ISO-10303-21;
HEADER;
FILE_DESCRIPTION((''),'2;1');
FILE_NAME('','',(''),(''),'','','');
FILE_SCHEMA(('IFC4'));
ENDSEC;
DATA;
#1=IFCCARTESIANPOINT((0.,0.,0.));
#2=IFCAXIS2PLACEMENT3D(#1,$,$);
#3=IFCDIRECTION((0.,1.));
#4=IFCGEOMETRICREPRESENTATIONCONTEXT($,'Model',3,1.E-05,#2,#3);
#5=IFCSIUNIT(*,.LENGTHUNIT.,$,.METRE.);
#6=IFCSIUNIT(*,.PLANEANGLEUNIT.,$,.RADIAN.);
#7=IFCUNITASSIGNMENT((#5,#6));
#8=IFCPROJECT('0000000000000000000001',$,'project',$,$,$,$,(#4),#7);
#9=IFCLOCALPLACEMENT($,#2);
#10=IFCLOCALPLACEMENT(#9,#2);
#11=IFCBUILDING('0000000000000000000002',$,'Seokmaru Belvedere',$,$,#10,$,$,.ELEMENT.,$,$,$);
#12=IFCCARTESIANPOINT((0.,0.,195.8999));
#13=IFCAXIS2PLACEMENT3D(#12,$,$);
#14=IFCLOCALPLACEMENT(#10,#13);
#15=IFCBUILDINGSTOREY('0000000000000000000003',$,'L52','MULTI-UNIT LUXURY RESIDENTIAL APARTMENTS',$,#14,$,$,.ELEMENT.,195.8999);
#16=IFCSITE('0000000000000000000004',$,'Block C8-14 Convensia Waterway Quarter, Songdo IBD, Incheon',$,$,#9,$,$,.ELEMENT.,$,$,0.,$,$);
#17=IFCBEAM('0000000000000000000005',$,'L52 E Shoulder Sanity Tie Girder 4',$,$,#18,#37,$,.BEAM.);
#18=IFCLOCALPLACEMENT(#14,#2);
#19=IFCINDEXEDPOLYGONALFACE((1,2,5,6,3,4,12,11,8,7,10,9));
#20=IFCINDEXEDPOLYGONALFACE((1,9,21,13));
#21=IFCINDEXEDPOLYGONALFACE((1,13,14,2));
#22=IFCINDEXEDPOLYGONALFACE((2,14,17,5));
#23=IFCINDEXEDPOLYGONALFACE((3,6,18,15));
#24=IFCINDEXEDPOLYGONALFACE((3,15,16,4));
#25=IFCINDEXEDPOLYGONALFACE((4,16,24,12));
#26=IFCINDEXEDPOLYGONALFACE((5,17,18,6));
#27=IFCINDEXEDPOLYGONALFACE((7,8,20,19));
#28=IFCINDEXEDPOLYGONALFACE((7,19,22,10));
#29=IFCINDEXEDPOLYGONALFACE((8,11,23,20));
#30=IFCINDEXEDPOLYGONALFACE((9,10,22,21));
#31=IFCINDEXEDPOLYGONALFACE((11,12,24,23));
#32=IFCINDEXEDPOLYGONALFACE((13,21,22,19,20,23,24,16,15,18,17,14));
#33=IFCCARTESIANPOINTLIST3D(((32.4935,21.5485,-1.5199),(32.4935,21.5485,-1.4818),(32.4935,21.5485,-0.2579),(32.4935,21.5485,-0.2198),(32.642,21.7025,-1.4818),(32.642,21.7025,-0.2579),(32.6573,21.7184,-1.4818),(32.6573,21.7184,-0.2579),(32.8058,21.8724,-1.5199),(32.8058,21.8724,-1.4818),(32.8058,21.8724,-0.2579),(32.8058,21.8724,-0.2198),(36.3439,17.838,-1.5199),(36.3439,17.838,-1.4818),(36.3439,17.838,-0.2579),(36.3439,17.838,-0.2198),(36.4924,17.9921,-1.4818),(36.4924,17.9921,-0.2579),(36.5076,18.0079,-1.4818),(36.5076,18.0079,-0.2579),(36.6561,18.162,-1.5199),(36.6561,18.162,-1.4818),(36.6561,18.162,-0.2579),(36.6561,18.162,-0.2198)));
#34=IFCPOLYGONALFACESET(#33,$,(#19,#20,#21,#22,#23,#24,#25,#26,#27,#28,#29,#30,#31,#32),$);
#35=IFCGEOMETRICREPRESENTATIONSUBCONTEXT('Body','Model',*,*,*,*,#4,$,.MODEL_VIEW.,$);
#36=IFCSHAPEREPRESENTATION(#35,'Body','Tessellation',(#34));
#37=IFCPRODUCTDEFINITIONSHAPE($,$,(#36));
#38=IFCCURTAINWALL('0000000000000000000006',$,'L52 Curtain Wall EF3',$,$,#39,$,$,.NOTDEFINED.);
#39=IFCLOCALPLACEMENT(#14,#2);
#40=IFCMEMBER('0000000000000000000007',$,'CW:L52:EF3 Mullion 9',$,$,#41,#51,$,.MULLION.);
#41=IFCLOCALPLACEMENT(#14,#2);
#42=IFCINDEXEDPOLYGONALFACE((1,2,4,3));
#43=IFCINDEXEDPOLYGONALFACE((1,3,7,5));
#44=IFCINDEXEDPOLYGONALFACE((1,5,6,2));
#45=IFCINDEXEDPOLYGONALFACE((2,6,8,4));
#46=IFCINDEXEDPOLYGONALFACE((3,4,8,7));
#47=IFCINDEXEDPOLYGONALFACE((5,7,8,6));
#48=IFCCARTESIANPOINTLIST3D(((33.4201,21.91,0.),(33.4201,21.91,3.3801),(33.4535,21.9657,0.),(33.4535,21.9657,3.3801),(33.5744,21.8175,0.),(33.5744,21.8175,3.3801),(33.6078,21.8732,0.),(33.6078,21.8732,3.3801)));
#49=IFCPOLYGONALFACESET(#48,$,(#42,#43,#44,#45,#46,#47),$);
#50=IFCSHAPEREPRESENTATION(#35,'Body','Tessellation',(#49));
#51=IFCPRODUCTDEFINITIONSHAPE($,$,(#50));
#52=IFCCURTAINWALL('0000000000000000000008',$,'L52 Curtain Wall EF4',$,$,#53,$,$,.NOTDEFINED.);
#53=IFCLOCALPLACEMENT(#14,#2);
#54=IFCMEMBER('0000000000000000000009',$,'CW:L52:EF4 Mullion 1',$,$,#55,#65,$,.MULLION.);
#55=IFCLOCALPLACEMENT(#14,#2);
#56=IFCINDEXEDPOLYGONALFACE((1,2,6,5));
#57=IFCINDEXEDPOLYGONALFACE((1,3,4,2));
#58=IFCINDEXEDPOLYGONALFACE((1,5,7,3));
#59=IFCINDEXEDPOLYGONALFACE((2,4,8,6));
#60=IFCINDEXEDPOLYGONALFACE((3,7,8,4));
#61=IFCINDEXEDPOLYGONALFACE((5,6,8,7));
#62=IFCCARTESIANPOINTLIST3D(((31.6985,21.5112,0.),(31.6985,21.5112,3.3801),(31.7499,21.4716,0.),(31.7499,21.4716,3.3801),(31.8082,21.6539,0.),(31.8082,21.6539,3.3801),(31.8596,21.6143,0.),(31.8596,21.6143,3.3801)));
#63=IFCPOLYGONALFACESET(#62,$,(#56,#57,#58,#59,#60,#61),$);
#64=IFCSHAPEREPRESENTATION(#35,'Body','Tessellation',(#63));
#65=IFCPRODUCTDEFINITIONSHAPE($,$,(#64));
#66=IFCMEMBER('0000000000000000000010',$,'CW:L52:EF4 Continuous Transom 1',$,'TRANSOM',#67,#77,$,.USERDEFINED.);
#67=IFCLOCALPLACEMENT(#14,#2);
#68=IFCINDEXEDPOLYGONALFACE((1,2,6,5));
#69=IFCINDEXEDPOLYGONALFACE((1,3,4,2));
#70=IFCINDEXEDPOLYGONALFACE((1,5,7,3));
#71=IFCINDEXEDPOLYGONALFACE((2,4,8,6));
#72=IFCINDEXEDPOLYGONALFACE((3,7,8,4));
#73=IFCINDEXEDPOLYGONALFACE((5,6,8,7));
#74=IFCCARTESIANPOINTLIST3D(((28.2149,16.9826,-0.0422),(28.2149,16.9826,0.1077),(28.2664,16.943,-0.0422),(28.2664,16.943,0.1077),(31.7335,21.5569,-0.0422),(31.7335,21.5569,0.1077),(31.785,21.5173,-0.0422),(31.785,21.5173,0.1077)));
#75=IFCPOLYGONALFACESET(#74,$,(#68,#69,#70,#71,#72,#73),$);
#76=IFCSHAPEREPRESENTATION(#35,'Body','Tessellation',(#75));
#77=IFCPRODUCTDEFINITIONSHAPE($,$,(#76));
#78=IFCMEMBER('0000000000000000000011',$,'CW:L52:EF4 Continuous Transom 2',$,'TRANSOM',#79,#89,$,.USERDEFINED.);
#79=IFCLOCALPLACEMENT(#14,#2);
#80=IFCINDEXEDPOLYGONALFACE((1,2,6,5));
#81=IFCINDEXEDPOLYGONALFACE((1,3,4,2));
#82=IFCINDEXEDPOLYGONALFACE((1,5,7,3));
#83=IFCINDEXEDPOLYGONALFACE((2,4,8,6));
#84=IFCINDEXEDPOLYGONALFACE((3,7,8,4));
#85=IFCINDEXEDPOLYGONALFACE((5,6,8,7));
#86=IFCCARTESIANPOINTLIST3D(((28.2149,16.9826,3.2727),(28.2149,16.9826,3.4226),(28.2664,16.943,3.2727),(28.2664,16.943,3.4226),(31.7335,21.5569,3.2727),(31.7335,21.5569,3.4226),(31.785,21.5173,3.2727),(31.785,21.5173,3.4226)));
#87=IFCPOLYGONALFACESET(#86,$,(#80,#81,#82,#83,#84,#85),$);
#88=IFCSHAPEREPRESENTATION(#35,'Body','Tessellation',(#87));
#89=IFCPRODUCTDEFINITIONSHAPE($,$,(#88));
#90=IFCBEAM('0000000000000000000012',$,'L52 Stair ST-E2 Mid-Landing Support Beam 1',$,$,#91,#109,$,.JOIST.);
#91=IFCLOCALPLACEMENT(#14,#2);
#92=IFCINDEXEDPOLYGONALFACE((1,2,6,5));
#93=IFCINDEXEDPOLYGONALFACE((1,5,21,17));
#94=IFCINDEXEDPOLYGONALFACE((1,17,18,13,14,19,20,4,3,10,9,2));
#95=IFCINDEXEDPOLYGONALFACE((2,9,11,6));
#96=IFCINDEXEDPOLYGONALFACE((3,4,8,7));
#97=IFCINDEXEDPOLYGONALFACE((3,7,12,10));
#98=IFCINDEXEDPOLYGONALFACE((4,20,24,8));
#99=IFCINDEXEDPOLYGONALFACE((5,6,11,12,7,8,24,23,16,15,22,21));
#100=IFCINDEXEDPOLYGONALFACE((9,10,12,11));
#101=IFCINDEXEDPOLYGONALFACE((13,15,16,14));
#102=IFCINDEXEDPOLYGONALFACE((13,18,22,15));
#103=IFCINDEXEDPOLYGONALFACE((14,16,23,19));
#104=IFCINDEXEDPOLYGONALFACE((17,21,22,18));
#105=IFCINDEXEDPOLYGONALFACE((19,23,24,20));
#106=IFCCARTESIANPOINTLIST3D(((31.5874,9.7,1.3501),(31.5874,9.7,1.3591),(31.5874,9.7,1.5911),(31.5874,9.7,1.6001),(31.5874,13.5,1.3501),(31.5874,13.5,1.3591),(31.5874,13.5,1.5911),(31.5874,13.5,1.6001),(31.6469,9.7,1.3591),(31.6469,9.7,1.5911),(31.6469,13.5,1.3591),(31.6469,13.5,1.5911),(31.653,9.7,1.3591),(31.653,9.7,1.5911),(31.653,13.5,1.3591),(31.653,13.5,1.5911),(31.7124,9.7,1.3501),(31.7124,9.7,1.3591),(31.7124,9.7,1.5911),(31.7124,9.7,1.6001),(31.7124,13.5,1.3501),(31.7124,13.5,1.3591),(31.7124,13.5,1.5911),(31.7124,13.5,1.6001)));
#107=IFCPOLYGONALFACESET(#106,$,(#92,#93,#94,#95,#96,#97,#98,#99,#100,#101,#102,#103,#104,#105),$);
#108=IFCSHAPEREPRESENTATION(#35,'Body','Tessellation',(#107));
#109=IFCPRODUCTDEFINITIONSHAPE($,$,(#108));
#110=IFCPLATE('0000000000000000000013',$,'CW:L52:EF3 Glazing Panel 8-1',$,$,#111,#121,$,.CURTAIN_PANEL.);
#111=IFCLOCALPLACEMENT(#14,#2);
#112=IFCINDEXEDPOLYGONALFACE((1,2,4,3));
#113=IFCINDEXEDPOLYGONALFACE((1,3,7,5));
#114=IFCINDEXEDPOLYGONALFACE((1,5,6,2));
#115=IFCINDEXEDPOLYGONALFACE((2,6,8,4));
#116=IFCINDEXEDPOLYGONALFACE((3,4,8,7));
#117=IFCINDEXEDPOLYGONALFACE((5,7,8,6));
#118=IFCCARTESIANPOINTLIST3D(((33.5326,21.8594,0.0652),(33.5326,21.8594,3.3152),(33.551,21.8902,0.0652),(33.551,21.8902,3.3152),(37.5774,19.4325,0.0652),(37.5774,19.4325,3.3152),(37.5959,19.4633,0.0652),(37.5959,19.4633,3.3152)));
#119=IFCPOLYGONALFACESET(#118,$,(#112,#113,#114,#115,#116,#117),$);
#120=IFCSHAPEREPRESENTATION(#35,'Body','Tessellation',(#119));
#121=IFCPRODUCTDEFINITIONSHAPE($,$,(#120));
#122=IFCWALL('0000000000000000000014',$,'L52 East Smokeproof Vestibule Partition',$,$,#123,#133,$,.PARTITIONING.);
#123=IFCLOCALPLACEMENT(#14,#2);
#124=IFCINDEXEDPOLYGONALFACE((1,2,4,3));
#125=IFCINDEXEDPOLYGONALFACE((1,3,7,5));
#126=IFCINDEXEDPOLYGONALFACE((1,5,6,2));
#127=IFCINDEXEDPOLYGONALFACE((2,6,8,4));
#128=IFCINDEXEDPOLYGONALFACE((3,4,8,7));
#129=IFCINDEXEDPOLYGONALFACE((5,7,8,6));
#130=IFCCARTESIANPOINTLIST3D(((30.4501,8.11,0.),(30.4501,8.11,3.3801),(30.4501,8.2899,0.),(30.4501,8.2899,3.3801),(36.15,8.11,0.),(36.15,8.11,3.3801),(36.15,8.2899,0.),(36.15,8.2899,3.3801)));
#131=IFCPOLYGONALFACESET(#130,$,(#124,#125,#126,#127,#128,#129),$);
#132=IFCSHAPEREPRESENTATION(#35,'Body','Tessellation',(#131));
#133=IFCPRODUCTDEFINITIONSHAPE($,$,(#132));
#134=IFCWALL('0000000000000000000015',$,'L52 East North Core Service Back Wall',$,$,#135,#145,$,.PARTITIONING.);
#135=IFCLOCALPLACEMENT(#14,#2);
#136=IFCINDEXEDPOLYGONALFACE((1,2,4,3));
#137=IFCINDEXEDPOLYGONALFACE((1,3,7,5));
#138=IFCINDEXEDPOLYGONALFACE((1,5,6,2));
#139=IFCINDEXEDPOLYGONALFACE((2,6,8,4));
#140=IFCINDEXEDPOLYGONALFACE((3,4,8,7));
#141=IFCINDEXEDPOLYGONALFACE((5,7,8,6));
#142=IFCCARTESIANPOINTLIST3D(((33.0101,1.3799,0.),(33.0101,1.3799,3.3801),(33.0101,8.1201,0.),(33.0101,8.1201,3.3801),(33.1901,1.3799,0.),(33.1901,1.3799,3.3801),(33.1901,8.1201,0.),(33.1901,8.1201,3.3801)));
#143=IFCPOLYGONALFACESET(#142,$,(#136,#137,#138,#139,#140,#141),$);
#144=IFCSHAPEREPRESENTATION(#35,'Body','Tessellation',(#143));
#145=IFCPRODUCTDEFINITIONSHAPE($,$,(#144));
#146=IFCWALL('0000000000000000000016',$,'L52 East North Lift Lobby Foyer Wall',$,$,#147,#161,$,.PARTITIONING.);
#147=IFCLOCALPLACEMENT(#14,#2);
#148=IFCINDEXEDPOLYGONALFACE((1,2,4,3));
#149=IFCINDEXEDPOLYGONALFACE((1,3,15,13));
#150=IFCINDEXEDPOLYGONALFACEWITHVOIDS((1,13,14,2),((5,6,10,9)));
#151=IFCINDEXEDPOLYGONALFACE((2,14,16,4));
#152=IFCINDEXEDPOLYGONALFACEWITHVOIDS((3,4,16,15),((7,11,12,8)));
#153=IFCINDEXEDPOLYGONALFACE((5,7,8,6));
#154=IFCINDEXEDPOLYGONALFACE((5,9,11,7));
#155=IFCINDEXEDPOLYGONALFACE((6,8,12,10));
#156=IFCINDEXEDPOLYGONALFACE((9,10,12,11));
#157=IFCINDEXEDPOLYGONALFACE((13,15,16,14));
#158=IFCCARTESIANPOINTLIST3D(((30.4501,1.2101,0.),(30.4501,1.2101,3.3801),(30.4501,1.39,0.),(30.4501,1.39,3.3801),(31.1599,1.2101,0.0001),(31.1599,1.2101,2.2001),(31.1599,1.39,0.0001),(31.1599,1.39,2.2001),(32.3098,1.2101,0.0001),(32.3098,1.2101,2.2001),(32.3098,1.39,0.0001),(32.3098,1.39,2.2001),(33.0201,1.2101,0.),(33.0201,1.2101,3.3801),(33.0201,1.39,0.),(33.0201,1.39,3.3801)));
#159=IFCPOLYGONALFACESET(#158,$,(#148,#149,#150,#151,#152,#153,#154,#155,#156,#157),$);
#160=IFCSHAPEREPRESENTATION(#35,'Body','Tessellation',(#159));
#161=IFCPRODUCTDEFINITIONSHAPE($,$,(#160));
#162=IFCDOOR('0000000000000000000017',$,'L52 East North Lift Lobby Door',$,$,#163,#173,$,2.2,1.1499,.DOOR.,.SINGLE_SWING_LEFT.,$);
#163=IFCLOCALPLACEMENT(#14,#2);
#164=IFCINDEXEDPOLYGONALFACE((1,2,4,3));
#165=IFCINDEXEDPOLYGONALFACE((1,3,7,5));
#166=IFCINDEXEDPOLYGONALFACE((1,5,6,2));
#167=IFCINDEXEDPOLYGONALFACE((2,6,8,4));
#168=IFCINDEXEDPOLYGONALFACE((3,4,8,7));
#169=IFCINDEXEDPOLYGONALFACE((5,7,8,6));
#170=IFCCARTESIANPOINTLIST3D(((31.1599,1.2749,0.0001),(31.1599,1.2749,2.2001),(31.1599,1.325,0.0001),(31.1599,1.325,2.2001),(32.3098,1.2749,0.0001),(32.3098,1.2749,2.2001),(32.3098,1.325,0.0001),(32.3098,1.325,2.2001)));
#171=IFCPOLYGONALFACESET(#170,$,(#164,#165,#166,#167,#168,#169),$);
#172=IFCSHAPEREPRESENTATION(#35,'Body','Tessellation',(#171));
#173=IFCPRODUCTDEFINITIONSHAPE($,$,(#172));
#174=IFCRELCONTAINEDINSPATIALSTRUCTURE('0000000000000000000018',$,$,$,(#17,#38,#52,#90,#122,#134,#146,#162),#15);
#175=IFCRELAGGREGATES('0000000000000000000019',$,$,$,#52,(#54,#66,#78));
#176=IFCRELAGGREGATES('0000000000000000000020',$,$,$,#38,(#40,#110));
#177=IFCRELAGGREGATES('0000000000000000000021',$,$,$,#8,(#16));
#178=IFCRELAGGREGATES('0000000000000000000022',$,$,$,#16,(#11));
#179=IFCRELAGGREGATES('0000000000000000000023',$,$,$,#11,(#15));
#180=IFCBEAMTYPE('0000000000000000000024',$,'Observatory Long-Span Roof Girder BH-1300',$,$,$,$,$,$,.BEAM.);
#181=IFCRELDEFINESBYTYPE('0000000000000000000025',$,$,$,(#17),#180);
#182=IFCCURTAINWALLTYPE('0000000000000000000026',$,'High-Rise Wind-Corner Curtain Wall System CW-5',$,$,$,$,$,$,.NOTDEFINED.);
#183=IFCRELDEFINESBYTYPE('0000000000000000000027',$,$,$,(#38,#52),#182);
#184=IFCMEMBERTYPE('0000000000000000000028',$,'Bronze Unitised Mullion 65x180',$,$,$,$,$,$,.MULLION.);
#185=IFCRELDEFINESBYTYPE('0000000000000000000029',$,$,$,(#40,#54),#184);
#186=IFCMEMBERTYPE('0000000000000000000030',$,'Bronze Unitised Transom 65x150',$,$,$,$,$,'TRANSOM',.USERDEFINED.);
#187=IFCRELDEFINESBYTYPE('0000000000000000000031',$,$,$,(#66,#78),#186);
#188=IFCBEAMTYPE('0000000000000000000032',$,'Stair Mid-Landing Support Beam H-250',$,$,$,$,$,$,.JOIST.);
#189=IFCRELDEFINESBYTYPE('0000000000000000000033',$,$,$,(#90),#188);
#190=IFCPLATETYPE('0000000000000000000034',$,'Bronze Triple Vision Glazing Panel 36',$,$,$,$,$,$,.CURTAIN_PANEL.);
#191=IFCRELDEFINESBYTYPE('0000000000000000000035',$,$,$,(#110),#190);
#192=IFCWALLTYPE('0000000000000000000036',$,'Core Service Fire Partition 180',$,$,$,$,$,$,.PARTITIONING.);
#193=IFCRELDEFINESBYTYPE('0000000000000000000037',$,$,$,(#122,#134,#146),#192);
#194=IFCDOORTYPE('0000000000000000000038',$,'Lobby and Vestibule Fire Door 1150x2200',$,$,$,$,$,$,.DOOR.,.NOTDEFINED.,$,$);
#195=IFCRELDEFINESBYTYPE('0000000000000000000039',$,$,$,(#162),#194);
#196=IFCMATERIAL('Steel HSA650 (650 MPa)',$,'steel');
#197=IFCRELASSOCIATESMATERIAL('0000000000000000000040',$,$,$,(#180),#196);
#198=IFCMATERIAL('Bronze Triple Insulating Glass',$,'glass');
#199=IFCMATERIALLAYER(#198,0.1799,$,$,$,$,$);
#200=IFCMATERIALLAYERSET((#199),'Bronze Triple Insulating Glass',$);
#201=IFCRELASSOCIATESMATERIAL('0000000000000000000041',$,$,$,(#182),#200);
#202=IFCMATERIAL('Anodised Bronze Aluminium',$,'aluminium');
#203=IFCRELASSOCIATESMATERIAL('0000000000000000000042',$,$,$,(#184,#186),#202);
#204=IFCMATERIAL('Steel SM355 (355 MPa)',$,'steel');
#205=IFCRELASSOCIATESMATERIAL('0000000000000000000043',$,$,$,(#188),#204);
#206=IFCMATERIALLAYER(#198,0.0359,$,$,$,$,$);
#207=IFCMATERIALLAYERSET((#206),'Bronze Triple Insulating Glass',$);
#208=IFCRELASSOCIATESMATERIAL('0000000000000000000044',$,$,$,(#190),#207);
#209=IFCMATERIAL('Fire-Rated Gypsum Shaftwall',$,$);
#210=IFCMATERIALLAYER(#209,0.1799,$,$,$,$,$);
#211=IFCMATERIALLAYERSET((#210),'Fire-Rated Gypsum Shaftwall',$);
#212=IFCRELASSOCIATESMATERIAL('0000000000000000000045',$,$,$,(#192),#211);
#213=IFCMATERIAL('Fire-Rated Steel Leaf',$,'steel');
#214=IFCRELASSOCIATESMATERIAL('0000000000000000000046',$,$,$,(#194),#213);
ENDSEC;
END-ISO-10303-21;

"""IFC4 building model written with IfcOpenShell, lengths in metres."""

from ifc_helpers import new_model, si_unit, direction, frame, frame_2d, origin, origin_2d, place, context, subcontext, project, spatial, rectangle, i_section, extrude, source, transform, mapped, material, layer, layer_set, material_profile, profile_set, type_object, type_shapes, element, fill, aggregate, save


model = new_model("IFC4")

# Units and contexts
model_context = context("Model", 3, precision=1e-05, world=origin(), true_north=direction((0.0, 1.0)))
body_context = subcontext(model_context, "Body", "Model", "MODEL_VIEW")
ifc_project = project(units=[si_unit("LENGTHUNIT", "METRE"), si_unit("PLANEANGLEUNIT", "RADIAN")], contexts=[model_context])

# Site, building, storey
site_placement = place(None, origin())
site = spatial("IfcSite", under=ifc_project, at=site_placement, Name="Block C8-14 Convensia Waterway Quarter, Songdo IBD, Incheon", CompositionType="ELEMENT", RefElevation=0.0)
building_placement = place(site_placement, origin())
building = spatial("IfcBuilding", under=site, at=building_placement, Name="Seokmaru Belvedere", CompositionType="ELEMENT")
storey_placement = place(building_placement, frame((0.0, 0.0, 195.8999)))
storey = spatial("IfcBuildingStorey", under=building, at=storey_placement, Name="L52", Description="MULTI-UNIT LUXURY RESIDENTIAL APARTMENTS", CompositionType="ELEMENT", Elevation=195.8999)

# Shared definitions
ifc_material_1 = material(Name="Steel SM355 (355 MPa)", Category="steel")

# Beam
ifc_material_2 = material(Name="Steel HSA650 (650 MPa)", Category="steel")
ifc_material_profile_1 = material_profile(ifc_material_2, i_section(OverallWidth=0.45, OverallDepth=1.3, WebThickness=0.022, FlangeThickness=0.0381, at=origin_2d()), Name="BH-1300x450x22x38")
ifc_profile_set_1 = profile_set([ifc_material_profile_1], Name="Steel HSA650 (650 MPa)")
beam_type_1 = type_object("IfcBeamType", Name="Observatory Long-Span Roof Girder BH-1300", PredefinedType="BEAM", material=ifc_profile_set_1)
shared_shape_1 = source(origin(), body_context, "Body", "SweptSolid", [
    extrude(i_section(OverallWidth=0.45, OverallDepth=1.3, WebThickness=0.022, FlangeThickness=0.0381, at=origin_2d()), origin(), (0.0, 0.0, 1.0), 5.3472),
])
beam_1_placement = place(storey_placement, frame((32.6497, 21.7104, -0.8699), z_axis=(0.720067, -0.693905, 0.0), x_axis=(0.693905, 0.720067, 0.0)))
element("IfcBeam", 1, at=beam_1_placement, inside=storey, type_object=beam_type_1, Name="L52 E Shoulder Sanity Tie Girder 4", PredefinedType="BEAM", context=body_context, shape_type="MappedRepresentation", body=[
    mapped(shared_shape_1, transform((0.0, 0.0, 0.0), scale=1.0)),
])

# Curtain wall, member
ifc_material_3 = material(Name="Bronze Triple Insulating Glass", Category="glass")
ifc_layer_1 = layer(ifc_material_3, 0.1799)
ifc_layer_set_1 = layer_set([ifc_layer_1], Name="Bronze Triple Insulating Glass")
curtain_wall_type = type_object("IfcCurtainWallType", Name="High-Rise Wind-Corner Curtain Wall System CW-5", PredefinedType="NOTDEFINED", material=ifc_layer_set_1)
curtain_wall_1_placement = place(storey_placement, origin())
curtain_wall_1 = element("IfcCurtainWall", 2, at=curtain_wall_1_placement, inside=storey, type_object=curtain_wall_type, Name="L52 Curtain Wall EF3", PredefinedType="NOTDEFINED")
ifc_material_4 = material(Name="Anodised Bronze Aluminium", Category="aluminium")
ifc_material_profile_2 = material_profile(ifc_material_4, rectangle(XDim=0.0649, YDim=0.1799, at=origin_2d()), Name="CW-M-65x180")
ifc_profile_set_2 = profile_set([ifc_material_profile_2], Name="Anodised Bronze Aluminium")
member_type_1 = type_object("IfcMemberType", Name="Bronze Unitised Mullion 65x180", PredefinedType="MULLION", material=ifc_profile_set_2)
shared_shape_2 = source(origin(), body_context, "Body", "SweptSolid", [
    extrude(rectangle(XDim=0.0649, YDim=0.1799, at=origin_2d()), origin(), (0.0, 0.0, 1.0), 3.3801),
])
type_shapes(member_type_1, [shared_shape_2])
member_1_placement = place(storey_placement, frame((33.5139, 21.8916, 0.0), z_axis=(0.0, 0.0, 1.0), x_axis=(-0.514495, -0.857493, 0.0)))
member_1 = element("IfcMember", 3, at=member_1_placement, type_object=member_type_1, Name="CW:L52:EF3 Mullion 9", PredefinedType="MULLION", context=body_context, shape_type="MappedRepresentation", body=[
    mapped(shared_shape_2, transform((0.0, 0.0, 0.0), scale=1.0)),
])

# Curtain wall, members
curtain_wall_2_placement = place(storey_placement, origin())
curtain_wall_2 = element("IfcCurtainWall", 4, at=curtain_wall_2_placement, inside=storey, type_object=curtain_wall_type, Name="L52 Curtain Wall EF4", PredefinedType="NOTDEFINED")
member_2_placement = place(storey_placement, frame((31.7791, 21.5627, 0.0), z_axis=(0.0, 0.0, 1.0), x_axis=(0.792631, -0.609701, 0.0)))
member_2 = element("IfcMember", 5, at=member_2_placement, type_object=member_type_1, Name="CW:L52:EF4 Mullion 1", PredefinedType="MULLION", context=body_context, shape_type="MappedRepresentation", body=[
    mapped(shared_shape_2, transform((0.0, 0.0, 0.0), scale=1.0)),
])
ifc_material_profile_3 = material_profile(ifc_material_4, rectangle(XDim=0.0649, YDim=0.1499, at=origin_2d()), Name="CW-T-65x150")
ifc_profile_set_3 = profile_set([ifc_material_profile_3], Name="Anodised Bronze Aluminium")
member_type_2 = type_object("IfcMemberType", Name="Bronze Unitised Transom 65x150", ElementType="TRANSOM", PredefinedType="USERDEFINED", material=ifc_profile_set_3)
shared_shape_3 = source(origin(), body_context, "Body", "SweptSolid", [
    extrude(rectangle(XDim=0.0649, YDim=0.1499, at=origin_2d()), origin(), (0.0, 0.0, 1.0), 5.771),
])
type_shapes(member_type_2, [shared_shape_3])
member_3_placement = place(storey_placement, frame((31.7593, 21.5371, 0.0327), z_axis=(-0.609703, -0.79263, 0.0), x_axis=(0.79263, -0.609703, 0.0)))
member_3 = element("IfcMember", 6, at=member_3_placement, type_object=member_type_2, Name="CW:L52:EF4 Continuous Transom 1", ObjectType="TRANSOM", PredefinedType="USERDEFINED", context=body_context, shape_type="MappedRepresentation", body=[
    mapped(shared_shape_3, transform((0.0, 0.0, 0.0), scale=1.0)),
])
member_4_placement = place(storey_placement, frame((31.7593, 21.5371, 3.3477), z_axis=(-0.609703, -0.79263, 0.0), x_axis=(0.79263, -0.609703, 0.0)))
member_4 = element("IfcMember", 7, at=member_4_placement, type_object=member_type_2, Name="CW:L52:EF4 Continuous Transom 2", ObjectType="TRANSOM", PredefinedType="USERDEFINED", context=body_context, shape_type="MappedRepresentation", body=[
    mapped(shared_shape_3, transform((0.0, 0.0, 0.0), scale=1.0)),
])
aggregate(curtain_wall_2, [member_2, member_3, member_4])

# Beam
ifc_material_profile_4 = material_profile(ifc_material_1, i_section(OverallWidth=0.125, OverallDepth=0.25, WebThickness=0.0061, FlangeThickness=0.009, at=origin_2d()), Name="H-250x125x6x9")
ifc_profile_set_4 = profile_set([ifc_material_profile_4], Name="Steel SM355 (355 MPa)")
beam_type_2 = type_object("IfcBeamType", Name="Stair Mid-Landing Support Beam H-250", PredefinedType="JOIST", material=ifc_profile_set_4)
shared_shape_4 = source(origin(), body_context, "Body", "SweptSolid", [
    extrude(i_section(OverallWidth=0.125, OverallDepth=0.25, WebThickness=0.0061, FlangeThickness=0.009, at=origin_2d()), origin(), (0.0, 0.0, 1.0), 3.8),
])
type_shapes(beam_type_2, [shared_shape_4])
beam_2_placement = place(storey_placement, frame((31.6499, 9.7, 1.4751), z_axis=(0.0, 1.0, 0.0), x_axis=(-1.0, 0.0, 0.0)))
element("IfcBeam", 8, at=beam_2_placement, inside=storey, type_object=beam_type_2, Name="L52 Stair ST-E2 Mid-Landing Support Beam 1", PredefinedType="JOIST", context=body_context, shape_type="MappedRepresentation", body=[
    mapped(shared_shape_4, transform((0.0, 0.0, 0.0), scale=1.0)),
])

# Plate
ifc_layer_2 = layer(ifc_material_3, 0.0359)
ifc_layer_set_2 = layer_set([ifc_layer_2], Name="Bronze Triple Insulating Glass")
plate_type = type_object("IfcPlateType", Name="Bronze Triple Vision Glazing Panel 36", PredefinedType="CURTAIN_PANEL", material=ifc_layer_set_2)
shared_shape_5 = source(origin(), body_context, "Body", "SweptSolid", [
    extrude(rectangle(XDim=4.717, YDim=0.0359, at=origin_2d()), origin(), (0.0, 0.0, 1.0), 3.25),
])
type_shapes(plate_type, [shared_shape_5])
plate_placement = place(storey_placement, frame((35.5642, 20.6614, 0.0652), z_axis=(0.0, 0.0, 1.0), x_axis=(-0.857493, 0.514495, 0.0)))
plate = element("IfcPlate", 9, at=plate_placement, type_object=plate_type, Name="CW:L52:EF3 Glazing Panel 8-1", PredefinedType="CURTAIN_PANEL", context=body_context, shape_type="MappedRepresentation", body=[
    mapped(shared_shape_5, transform((0.0, 0.0, 0.0), scale=1.0)),
])
aggregate(curtain_wall_1, [member_1, plate])

# Shared definitions
ifc_material_5 = material(Name="Fire-Rated Gypsum Shaftwall")

# Walls
ifc_layer_3 = layer(ifc_material_5, 0.1799)
ifc_layer_set_3 = layer_set([ifc_layer_3], Name="Fire-Rated Gypsum Shaftwall")
wall_type_1 = type_object("IfcWallType", Name="Core Service Fire Partition 180", PredefinedType="PARTITIONING", material=ifc_layer_set_3)
wall_1_placement = place(storey_placement, frame((30.45, 8.2, 0.0), z_axis=(0.0, 0.0, 1.0), x_axis=(1.0, 0.0, 0.0)))
element("IfcWall", 10, at=wall_1_placement, inside=storey, type_object=wall_type_1, Name="L52 East Smokeproof Vestibule Partition", PredefinedType="PARTITIONING", context=body_context, shape_type="SweptSolid", body=[
    extrude(rectangle(XDim=5.7, YDim=0.1799, at=frame_2d((2.8501, 0.0))), origin(), (0.0, 0.0, 1.0), 3.3801),
])
wall_2_placement = place(storey_placement, frame((33.1001, 1.3799, 0.0), z_axis=(0.0, 0.0, 1.0), x_axis=(0.0, 1.0, 0.0)))
element("IfcWall", 11, at=wall_2_placement, inside=storey, type_object=wall_type_1, Name="L52 East North Core Service Back Wall", PredefinedType="PARTITIONING", context=body_context, shape_type="SweptSolid", body=[
    extrude(rectangle(XDim=6.7402, YDim=0.1799, at=frame_2d((3.3701, 0.0))), origin(), (0.0, 0.0, 1.0), 3.3801),
])

# Wall, opening, door
wall_3_placement = place(storey_placement, frame((30.45, 1.3, 0.0), z_axis=(0.0, 0.0, 1.0), x_axis=(1.0, 0.0, 0.0)))
wall_3 = element("IfcWall", 12, at=wall_3_placement, inside=storey, type_object=wall_type_1, Name="L52 East North Lift Lobby Foyer Wall", PredefinedType="PARTITIONING", context=body_context, shape_type="SweptSolid", body=[
    extrude(rectangle(XDim=2.5701, YDim=0.1799, at=frame_2d((1.2852, 0.0))), origin(), (0.0, 0.0, 1.0), 3.3801),
])
opening_1_placement = place(wall_3_placement, frame((0.71, 0.0, 0.0)))
opening_1 = element("IfcOpeningElement", 13, at=opening_1_placement, cuts=wall_3, PredefinedType="OPENING", context=body_context, shape_type="SweptSolid", body=[
    extrude(rectangle(XDim=1.1499, YDim=2.2, at=frame_2d((0.575, 1.1001))), frame((0.0, 0.1001, 0.0), z_axis=(0.0, -1.0, 0.0), x_axis=(1.0, 0.0, 0.0)), (0.0, 0.0, 1.0), 0.2),
])
ifc_material_6 = material(Name="Fire-Rated Steel Leaf", Category="steel")
door_type_1 = type_object("IfcDoorType", Name="Lobby and Vestibule Fire Door 1150x2200", OperationType="NOTDEFINED", PredefinedType="DOOR", material=ifc_material_6)
shared_shape_6 = source(origin(), body_context, "Body", "SweptSolid", [
    extrude(rectangle(XDim=1.1499, YDim=2.2, at=frame_2d((0.575, 1.1001))), frame((0.0, 0.0249, 0.0), z_axis=(0.0, -1.0, 0.0), x_axis=(1.0, 0.0, 0.0)), (0.0, 0.0, 1.0), 0.05),
])
type_shapes(door_type_1, [shared_shape_6])
door_1_placement = place(opening_1_placement, origin())
door_1 = element("IfcDoor", 14, at=door_1_placement, inside=storey, type_object=door_type_1, Name="L52 East North Lift Lobby Door", OperationType="SINGLE_SWING_LEFT", OverallHeight=2.2, OverallWidth=1.1499, PredefinedType="DOOR", context=body_context, shape_type="MappedRepresentation", body=[
    mapped(shared_shape_6, transform((0.0, 0.0, 0.0), scale=1.0)),
])
fill(opening_1, door_1)

save(model, "model.ifc")
